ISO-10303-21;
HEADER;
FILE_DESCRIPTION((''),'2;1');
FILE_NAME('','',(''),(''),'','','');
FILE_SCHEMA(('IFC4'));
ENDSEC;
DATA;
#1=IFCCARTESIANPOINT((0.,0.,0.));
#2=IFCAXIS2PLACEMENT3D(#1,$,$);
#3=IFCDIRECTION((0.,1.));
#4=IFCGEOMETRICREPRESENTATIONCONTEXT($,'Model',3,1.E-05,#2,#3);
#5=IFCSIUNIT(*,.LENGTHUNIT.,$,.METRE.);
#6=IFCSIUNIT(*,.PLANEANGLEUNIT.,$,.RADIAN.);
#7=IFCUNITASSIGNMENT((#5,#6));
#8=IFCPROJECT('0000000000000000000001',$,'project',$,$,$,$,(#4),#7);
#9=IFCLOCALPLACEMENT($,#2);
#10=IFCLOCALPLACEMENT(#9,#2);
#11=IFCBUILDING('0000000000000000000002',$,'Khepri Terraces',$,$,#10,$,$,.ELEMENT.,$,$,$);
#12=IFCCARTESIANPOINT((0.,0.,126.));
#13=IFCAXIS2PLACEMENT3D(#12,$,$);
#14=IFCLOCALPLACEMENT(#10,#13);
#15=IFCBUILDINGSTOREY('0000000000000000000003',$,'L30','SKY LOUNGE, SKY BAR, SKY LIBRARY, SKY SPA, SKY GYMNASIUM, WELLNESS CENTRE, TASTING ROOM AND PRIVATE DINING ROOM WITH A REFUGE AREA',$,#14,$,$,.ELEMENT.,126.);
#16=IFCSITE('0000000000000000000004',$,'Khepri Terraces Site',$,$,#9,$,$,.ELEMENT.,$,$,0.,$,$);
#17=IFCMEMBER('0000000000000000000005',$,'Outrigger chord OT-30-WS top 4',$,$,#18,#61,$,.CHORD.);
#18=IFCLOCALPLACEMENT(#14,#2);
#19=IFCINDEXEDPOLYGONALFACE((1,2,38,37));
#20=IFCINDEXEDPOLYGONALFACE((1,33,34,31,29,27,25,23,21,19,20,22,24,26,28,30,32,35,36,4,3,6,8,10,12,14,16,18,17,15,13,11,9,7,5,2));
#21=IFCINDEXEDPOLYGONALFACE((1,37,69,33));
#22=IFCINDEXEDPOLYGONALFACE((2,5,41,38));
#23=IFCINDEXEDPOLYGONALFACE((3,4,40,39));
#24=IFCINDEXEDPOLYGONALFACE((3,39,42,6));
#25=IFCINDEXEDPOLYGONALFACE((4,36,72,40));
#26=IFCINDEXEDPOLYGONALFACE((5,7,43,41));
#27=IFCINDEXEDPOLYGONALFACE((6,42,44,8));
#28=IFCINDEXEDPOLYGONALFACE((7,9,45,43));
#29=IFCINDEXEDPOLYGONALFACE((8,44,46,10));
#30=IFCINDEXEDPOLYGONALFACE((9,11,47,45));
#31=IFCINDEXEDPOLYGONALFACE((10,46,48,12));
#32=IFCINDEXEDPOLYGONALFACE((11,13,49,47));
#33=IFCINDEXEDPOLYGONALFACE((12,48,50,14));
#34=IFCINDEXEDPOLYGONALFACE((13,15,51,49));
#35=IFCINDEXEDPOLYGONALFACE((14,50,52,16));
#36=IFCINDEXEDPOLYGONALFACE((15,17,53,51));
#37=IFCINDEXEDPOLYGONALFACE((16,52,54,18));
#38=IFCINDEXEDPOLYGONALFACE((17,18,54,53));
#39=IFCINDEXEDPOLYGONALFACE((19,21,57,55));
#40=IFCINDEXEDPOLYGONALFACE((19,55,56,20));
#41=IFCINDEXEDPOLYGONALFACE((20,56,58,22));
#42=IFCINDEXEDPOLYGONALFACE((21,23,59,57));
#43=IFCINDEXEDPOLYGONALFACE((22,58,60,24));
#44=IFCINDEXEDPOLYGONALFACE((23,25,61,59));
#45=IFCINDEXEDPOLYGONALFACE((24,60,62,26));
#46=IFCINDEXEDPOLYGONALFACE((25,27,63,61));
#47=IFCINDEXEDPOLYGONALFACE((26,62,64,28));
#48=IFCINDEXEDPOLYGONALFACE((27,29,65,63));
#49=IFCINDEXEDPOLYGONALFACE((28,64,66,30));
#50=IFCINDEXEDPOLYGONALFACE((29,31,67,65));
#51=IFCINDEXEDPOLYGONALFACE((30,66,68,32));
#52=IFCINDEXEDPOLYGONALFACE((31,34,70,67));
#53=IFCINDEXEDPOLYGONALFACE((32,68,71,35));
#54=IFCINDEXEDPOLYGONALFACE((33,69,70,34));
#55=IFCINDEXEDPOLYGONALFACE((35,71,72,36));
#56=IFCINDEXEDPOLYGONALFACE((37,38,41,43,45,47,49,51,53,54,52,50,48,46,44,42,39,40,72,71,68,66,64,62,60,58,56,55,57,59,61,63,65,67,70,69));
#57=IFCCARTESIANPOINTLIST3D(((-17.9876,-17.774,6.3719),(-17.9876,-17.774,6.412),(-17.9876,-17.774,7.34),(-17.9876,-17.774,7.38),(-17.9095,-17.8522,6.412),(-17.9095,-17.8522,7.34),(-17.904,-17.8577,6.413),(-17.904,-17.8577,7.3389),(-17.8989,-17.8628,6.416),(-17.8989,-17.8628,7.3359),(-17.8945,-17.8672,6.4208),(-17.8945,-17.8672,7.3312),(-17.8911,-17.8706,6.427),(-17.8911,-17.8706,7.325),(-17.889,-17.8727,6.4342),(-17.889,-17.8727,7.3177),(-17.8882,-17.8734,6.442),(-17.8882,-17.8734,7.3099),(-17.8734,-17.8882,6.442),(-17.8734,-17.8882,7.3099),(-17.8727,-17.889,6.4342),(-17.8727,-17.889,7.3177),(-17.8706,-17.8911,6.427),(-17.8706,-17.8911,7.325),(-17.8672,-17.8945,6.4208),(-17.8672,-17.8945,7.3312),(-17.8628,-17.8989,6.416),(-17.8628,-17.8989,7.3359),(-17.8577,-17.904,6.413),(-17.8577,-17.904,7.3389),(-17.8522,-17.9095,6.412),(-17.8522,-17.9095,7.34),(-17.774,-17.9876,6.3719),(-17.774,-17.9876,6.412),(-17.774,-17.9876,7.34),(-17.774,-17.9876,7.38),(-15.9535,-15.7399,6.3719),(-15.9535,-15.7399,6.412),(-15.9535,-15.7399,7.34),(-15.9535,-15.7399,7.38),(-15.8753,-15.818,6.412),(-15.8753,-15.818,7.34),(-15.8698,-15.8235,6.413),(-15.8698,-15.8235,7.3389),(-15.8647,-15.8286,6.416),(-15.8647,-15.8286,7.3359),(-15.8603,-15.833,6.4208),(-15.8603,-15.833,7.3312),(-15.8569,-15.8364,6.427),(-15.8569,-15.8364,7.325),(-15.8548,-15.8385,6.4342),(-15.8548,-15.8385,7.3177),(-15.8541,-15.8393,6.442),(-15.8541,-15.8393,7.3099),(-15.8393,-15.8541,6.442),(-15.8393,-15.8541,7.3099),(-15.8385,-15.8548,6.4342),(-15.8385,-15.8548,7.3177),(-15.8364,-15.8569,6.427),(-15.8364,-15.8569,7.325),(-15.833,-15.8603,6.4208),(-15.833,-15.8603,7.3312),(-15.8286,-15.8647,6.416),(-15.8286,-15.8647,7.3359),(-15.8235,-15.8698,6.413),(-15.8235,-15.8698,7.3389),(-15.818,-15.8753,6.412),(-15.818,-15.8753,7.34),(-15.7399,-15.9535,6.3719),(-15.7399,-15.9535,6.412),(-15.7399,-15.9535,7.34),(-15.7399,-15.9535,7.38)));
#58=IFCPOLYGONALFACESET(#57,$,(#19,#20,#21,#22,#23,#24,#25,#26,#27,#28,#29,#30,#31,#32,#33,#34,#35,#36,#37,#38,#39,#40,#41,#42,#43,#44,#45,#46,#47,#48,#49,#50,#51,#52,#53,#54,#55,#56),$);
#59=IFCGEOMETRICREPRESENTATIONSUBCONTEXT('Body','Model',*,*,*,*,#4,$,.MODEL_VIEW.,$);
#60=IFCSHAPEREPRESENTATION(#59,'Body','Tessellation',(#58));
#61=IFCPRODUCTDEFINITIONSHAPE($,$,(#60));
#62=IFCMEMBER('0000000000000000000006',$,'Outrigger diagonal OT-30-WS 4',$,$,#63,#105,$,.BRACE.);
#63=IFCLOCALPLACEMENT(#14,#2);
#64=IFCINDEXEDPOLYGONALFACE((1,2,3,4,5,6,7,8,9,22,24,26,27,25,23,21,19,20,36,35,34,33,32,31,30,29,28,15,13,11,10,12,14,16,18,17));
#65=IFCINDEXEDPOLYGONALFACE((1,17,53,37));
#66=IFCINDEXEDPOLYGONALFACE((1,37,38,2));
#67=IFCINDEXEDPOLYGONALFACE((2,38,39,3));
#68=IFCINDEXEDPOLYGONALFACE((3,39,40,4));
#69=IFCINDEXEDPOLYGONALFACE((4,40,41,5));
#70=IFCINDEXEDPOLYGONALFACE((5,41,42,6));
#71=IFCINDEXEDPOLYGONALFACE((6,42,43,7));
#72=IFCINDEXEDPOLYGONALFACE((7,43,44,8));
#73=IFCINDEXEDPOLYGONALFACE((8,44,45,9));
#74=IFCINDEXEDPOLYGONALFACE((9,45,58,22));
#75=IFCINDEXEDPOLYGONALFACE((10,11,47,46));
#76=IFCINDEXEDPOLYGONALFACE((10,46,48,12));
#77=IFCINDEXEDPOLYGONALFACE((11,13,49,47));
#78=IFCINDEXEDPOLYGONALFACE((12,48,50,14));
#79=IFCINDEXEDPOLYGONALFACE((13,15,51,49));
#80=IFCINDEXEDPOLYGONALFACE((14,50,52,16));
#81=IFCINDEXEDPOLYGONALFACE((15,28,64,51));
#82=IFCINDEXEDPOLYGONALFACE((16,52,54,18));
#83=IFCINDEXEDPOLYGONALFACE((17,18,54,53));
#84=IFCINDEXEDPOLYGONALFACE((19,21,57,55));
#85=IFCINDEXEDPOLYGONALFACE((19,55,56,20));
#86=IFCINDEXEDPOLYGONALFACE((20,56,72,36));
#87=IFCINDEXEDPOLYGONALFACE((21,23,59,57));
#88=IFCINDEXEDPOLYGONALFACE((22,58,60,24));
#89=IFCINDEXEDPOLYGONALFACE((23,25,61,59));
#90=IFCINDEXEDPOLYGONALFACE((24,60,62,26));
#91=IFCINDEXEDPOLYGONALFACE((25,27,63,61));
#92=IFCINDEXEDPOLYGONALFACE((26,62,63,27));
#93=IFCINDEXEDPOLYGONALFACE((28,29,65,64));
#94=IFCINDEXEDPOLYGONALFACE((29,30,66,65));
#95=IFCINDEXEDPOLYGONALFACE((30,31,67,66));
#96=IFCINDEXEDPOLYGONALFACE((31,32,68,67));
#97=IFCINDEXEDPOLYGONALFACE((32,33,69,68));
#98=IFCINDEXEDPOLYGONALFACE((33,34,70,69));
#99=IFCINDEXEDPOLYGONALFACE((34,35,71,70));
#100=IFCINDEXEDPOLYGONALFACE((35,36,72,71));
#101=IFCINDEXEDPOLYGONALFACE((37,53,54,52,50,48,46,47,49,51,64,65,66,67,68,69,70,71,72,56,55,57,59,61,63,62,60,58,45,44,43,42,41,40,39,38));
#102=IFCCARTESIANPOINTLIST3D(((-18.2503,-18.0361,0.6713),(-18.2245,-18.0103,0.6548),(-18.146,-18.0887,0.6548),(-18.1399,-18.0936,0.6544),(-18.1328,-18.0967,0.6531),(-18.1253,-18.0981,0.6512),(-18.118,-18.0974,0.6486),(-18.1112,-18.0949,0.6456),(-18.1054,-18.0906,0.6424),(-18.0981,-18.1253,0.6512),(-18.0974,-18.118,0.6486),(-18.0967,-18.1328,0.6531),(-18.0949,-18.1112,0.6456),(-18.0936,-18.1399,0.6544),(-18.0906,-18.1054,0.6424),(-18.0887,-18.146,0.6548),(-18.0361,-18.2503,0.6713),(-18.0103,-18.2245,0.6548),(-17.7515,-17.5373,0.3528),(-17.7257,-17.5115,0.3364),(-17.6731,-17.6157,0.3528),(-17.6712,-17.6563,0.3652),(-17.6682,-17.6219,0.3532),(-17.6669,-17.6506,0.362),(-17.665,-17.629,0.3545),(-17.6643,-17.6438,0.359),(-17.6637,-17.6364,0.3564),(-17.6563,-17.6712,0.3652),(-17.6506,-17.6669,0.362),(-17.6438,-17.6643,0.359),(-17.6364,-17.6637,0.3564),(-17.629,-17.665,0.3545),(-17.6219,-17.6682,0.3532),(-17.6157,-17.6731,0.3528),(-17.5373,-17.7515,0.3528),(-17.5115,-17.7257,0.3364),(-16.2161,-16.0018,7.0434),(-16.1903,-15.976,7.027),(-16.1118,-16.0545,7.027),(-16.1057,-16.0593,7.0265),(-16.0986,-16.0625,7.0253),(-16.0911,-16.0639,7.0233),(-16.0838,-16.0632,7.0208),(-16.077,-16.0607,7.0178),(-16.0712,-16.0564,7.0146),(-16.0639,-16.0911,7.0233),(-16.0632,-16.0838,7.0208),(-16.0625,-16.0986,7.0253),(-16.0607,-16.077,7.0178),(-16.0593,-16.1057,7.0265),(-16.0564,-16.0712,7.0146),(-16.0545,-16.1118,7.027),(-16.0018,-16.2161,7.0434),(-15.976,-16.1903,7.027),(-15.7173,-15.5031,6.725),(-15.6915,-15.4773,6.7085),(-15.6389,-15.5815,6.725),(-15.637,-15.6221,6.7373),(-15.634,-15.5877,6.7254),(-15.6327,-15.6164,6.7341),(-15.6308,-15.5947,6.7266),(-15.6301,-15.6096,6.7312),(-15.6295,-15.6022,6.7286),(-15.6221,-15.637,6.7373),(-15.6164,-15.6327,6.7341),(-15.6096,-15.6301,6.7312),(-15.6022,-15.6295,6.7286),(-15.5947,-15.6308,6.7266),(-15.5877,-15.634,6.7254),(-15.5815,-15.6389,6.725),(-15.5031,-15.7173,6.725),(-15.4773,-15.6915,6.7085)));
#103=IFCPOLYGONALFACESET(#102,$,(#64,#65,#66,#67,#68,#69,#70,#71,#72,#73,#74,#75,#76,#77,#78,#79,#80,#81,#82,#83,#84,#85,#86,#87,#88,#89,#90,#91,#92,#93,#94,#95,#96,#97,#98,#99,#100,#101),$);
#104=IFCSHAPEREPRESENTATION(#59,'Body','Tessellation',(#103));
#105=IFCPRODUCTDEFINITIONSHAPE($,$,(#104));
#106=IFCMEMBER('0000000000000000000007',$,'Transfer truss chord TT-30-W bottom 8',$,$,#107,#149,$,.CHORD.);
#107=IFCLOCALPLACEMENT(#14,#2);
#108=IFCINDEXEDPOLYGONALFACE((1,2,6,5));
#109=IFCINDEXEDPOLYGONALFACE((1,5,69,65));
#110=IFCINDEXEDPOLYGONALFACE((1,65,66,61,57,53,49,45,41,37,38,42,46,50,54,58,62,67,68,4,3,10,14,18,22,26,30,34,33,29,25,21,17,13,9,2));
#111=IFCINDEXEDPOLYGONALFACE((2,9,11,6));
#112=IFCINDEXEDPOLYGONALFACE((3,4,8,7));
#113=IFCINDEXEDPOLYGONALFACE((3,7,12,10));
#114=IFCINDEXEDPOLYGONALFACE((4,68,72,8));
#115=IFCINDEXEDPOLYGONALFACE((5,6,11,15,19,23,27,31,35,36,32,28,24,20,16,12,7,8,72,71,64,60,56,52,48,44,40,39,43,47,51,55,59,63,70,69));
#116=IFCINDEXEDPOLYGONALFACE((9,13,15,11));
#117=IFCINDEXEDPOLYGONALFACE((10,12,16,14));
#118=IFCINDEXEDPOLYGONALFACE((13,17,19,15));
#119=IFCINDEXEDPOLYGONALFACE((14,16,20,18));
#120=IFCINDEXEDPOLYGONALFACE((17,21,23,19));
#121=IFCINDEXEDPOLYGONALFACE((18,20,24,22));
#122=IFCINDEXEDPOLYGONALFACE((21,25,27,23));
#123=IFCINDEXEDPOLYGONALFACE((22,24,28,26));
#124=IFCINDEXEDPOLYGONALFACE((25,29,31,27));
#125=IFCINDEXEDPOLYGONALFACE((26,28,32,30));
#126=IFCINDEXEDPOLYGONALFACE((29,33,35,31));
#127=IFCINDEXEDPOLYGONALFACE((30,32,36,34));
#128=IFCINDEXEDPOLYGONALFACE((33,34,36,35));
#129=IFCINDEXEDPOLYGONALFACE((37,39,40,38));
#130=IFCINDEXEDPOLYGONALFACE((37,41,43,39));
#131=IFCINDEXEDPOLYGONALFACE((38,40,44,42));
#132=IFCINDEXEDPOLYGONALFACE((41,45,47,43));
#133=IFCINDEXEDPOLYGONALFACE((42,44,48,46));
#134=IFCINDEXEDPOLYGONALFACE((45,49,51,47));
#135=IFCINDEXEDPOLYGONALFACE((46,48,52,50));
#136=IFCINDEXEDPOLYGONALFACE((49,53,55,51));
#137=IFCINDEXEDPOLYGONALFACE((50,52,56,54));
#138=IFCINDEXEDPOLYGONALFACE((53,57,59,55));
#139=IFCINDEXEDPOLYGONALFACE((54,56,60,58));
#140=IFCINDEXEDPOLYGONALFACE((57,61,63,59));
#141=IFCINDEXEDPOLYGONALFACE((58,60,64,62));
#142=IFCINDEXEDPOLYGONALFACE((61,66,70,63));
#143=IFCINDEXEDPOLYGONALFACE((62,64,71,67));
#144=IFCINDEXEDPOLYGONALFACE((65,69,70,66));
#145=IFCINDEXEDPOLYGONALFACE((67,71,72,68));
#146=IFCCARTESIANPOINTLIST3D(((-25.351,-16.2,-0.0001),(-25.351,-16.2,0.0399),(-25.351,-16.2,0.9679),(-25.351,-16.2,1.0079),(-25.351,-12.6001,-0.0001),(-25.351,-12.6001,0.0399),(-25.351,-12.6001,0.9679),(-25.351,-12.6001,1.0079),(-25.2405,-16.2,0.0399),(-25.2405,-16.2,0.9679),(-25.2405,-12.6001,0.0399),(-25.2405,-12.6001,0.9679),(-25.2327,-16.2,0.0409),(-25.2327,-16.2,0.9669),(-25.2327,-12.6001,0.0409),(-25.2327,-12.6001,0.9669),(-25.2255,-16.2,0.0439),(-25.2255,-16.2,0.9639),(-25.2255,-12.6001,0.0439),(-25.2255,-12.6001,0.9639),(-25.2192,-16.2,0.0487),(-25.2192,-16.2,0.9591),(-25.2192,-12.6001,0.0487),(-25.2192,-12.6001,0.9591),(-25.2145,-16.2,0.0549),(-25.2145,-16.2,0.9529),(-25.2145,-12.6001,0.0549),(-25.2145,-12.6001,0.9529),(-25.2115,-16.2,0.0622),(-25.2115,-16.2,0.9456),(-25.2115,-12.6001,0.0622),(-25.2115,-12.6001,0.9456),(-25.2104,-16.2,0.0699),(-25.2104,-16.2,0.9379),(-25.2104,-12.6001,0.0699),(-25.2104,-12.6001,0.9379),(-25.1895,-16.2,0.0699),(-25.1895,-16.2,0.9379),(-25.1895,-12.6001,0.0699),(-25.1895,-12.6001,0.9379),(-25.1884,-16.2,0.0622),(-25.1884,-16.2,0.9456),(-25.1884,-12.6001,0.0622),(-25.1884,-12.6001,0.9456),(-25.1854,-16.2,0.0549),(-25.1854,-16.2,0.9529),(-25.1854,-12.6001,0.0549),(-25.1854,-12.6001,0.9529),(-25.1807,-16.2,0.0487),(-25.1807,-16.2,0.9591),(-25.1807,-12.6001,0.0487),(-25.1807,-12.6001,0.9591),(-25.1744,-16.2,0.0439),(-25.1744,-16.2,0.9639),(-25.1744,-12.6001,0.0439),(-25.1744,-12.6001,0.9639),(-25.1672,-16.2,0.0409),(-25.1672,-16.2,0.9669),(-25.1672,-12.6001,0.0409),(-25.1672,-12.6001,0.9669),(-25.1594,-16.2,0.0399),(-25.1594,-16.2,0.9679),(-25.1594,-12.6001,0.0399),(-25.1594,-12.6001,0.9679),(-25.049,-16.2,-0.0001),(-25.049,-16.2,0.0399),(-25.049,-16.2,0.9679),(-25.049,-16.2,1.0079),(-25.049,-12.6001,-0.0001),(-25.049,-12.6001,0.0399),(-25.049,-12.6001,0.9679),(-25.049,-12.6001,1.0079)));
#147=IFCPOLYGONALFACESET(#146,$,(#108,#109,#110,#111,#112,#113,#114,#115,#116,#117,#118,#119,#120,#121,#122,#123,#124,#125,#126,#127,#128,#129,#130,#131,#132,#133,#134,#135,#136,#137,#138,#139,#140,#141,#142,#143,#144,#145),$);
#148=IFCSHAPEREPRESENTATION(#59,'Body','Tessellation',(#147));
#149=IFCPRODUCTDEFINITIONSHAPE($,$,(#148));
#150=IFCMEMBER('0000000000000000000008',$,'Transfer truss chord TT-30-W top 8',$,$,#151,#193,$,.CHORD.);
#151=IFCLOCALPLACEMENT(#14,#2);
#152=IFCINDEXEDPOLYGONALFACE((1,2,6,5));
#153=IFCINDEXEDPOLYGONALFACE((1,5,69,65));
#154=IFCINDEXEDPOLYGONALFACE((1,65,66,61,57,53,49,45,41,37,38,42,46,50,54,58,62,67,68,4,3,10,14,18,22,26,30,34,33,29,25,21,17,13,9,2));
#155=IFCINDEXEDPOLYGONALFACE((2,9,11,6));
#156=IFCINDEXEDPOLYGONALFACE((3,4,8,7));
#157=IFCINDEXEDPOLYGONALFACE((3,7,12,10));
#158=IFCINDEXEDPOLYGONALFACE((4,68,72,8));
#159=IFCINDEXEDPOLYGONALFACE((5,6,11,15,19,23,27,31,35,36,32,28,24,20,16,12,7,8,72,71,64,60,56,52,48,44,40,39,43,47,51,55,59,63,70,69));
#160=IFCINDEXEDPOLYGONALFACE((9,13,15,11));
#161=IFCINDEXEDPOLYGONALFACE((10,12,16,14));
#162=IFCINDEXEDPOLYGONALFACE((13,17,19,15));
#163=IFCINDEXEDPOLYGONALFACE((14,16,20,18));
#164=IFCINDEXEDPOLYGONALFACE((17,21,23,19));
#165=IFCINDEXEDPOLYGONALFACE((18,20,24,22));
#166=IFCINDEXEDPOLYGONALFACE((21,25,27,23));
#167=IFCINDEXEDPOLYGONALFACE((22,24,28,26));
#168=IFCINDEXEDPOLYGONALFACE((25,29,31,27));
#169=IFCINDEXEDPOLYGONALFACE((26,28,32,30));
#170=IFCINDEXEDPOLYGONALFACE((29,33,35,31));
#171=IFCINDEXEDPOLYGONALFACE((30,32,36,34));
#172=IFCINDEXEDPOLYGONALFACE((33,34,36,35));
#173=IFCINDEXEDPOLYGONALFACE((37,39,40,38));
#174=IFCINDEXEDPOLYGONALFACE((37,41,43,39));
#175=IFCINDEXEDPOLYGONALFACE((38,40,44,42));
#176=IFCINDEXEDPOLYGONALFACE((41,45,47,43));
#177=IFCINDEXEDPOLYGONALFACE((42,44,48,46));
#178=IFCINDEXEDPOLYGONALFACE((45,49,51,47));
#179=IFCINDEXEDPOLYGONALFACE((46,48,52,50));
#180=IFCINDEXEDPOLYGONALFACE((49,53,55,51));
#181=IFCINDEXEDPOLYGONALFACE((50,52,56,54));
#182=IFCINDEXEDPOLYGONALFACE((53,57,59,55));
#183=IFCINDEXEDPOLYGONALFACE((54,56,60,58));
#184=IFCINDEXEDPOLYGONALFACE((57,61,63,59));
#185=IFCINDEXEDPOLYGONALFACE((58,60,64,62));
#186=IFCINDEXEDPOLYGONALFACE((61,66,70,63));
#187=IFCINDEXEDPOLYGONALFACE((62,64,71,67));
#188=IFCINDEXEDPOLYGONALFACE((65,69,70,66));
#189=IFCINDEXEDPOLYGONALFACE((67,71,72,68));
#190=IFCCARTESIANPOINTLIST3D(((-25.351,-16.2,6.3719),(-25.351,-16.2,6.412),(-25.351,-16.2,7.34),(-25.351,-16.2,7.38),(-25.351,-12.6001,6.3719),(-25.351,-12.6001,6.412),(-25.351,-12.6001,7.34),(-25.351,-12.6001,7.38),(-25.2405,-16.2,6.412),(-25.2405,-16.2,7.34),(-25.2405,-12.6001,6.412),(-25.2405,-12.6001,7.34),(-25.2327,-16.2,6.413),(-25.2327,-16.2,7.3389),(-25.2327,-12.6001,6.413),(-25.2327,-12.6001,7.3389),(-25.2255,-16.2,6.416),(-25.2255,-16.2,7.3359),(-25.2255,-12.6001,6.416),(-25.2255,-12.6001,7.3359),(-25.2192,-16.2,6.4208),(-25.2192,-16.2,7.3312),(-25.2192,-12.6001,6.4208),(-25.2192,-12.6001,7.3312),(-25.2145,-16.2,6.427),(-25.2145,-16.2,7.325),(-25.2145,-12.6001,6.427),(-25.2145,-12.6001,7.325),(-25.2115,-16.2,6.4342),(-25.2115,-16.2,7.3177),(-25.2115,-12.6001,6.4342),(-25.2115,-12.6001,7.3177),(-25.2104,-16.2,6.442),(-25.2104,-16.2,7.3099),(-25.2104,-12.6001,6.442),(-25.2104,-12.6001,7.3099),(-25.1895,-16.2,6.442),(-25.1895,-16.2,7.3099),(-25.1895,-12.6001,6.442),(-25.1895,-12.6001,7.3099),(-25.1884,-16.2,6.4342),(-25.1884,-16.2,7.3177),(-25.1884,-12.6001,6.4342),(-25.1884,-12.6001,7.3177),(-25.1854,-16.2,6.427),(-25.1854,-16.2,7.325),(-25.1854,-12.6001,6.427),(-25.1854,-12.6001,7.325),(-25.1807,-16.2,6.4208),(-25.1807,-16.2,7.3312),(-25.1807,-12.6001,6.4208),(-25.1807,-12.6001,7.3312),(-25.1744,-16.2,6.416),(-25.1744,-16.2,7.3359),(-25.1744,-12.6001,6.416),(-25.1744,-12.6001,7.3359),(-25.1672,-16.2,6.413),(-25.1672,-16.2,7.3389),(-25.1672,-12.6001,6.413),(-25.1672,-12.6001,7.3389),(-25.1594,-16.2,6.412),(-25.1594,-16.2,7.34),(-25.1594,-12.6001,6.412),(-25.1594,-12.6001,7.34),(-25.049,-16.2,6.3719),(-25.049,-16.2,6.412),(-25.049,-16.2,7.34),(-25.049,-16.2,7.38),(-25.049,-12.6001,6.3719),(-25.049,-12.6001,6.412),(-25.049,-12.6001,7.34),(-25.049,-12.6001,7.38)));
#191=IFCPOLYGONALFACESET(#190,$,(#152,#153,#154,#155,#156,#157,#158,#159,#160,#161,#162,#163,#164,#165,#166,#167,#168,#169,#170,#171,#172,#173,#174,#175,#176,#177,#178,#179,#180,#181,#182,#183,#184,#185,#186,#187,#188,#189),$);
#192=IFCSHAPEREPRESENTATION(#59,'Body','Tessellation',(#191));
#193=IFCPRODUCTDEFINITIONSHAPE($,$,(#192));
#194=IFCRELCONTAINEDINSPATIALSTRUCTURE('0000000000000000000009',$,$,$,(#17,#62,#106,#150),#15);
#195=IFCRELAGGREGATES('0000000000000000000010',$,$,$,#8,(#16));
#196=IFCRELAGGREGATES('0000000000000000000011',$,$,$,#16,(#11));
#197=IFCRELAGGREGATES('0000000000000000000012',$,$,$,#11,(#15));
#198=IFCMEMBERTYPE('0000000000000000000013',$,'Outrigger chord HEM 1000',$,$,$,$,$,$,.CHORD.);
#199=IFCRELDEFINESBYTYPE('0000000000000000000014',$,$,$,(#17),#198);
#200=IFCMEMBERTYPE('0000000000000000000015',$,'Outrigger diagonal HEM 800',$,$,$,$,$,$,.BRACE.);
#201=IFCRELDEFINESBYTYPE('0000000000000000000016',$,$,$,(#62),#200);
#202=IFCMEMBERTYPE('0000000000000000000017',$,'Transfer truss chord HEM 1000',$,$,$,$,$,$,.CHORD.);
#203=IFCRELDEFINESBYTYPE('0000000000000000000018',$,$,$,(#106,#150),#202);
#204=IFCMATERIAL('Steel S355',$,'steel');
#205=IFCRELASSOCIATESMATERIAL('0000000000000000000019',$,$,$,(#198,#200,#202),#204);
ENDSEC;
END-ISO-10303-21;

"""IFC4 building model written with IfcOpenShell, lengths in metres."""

from ifc_helpers import new_model, si_unit, direction, frame, origin, origin_2d, place, context, subcontext, project, spatial, i_section, extrude, material, material_profile, profile_set, type_object, element, save


model = new_model("IFC4")

# Units and contexts
model_context = context("Model", 3, precision=1e-05, world=origin(), true_north=direction((0.0, 1.0)))
body_context = subcontext(model_context, "Body", "Model", "MODEL_VIEW")
ifc_project = project(units=[si_unit("LENGTHUNIT", "METRE"), si_unit("PLANEANGLEUNIT", "RADIAN")], contexts=[model_context])

# Site, building, storey
site_placement = place(None, origin())
site = spatial("IfcSite", under=ifc_project, at=site_placement, Name="Khepri Terraces Site", CompositionType="ELEMENT", RefElevation=0.0)
building_placement = place(site_placement, origin())
building = spatial("IfcBuilding", under=site, at=building_placement, Name="Khepri Terraces", CompositionType="ELEMENT")
storey_placement = place(building_placement, frame((0.0, 0.0, 126.0)))
storey = spatial("IfcBuildingStorey", under=building, at=storey_placement, Name="L30", Description="SKY LOUNGE, SKY BAR, SKY LIBRARY, SKY SPA, SKY GYMNASIUM, WELLNESS CENTRE, TASTING ROOM AND PRIVATE DINING ROOM WITH A REFUGE AREA", CompositionType="ELEMENT", Elevation=126.0)

# Members
ifc_material_1 = material(Name="Steel S355", Category="steel")
ifc_material_profile_1 = material_profile(ifc_material_1, i_section(OverallWidth=0.302, OverallDepth=1.0081, WebThickness=0.021, FlangeThickness=0.04, FilletRadius=0.03, at=origin_2d()), Name="Steel S355", Category="steel")
ifc_profile_set_1 = profile_set([ifc_material_profile_1], Name="Steel S355")
member_type_1 = type_object("IfcMemberType", Name="Outrigger chord HEM 1000", PredefinedType="CHORD", material=ifc_profile_set_1)
for number, where, z_axis, x_axis, name in (
    (1, (-15.8467, -15.8467, 6.876), (-0.707107, -0.707107, 0.0), (0.707107, -0.707107, 0.0), "Outrigger chord OT-30-WS top 4"),
):
    element("IfcMember", number, at=place(storey_placement, frame(where, z_axis=z_axis, x_axis=x_axis)), inside=storey, type_object=member_type_1, Name=name, PredefinedType="CHORD", context=body_context, shape_type="SweptSolid", body=[
        extrude(i_section(OverallWidth=0.302, OverallDepth=1.0081, WebThickness=0.021, FlangeThickness=0.04, FilletRadius=0.03, at=origin_2d()), origin(), (0.0, 0.0, 1.0), 2.8767),
    ])
ifc_material_profile_2 = material_profile(ifc_material_1, i_section(OverallWidth=0.303, OverallDepth=0.814, WebThickness=0.021, FlangeThickness=0.04, FilletRadius=0.03, at=origin_2d()), Name="Steel S355", Category="steel")
ifc_profile_set_2 = profile_set([ifc_material_profile_2], Name="Steel S355")
member_type_2 = type_object("IfcMemberType", Name="Outrigger diagonal HEM 800", PredefinedType="BRACE", material=ifc_profile_set_2)
member_1_placement = place(storey_placement, frame((-15.8467, -15.8467, 6.876), z_axis=(-0.290956, -0.290956, -0.911421), x_axis=(0.707107, -0.707107, 0.0)))
element("IfcMember", 2, at=member_1_placement, inside=storey, type_object=member_type_2, Name="Outrigger diagonal OT-30-WS 4", PredefinedType="BRACE", context=body_context, shape_type="SweptSolid", body=[
    extrude(i_section(OverallWidth=0.303, OverallDepth=0.814, WebThickness=0.021, FlangeThickness=0.04, FilletRadius=0.03, at=origin_2d()), origin(), (0.0, 0.0, 1.0), 6.9915),
])
ifc_material_profile_3 = material_profile(ifc_material_1, i_section(OverallWidth=0.302, OverallDepth=1.0081, WebThickness=0.021, FlangeThickness=0.04, FilletRadius=0.03, at=origin_2d()), Name="Steel S355", Category="steel")
ifc_profile_set_3 = profile_set([ifc_material_profile_3], Name="Steel S355")
member_type_3 = type_object("IfcMemberType", Name="Transfer truss chord HEM 1000", PredefinedType="CHORD", material=ifc_profile_set_3)
for number, where, z_axis, x_axis, name in (
    (3, (-25.2, -12.6001, 0.5039), (0.0, -1.0, 0.0), (1.0, 0.0, 0.0), "Transfer truss chord TT-30-W bottom 8"),
    (4, (-25.2, -12.6001, 6.876), (0.0, -1.0, 0.0), (1.0, 0.0, 0.0), "Transfer truss chord TT-30-W top 8"),
):
    element("IfcMember", number, at=place(storey_placement, frame(where, z_axis=z_axis, x_axis=x_axis)), inside=storey, type_object=member_type_3, Name=name, PredefinedType="CHORD", context=body_context, shape_type="SweptSolid", body=[
        extrude(i_section(OverallWidth=0.302, OverallDepth=1.0081, WebThickness=0.021, FlangeThickness=0.04, FilletRadius=0.03, at=origin_2d()), origin(), (0.0, 0.0, 1.0), 3.5999),
    ])

save(model, "model.ifc")
